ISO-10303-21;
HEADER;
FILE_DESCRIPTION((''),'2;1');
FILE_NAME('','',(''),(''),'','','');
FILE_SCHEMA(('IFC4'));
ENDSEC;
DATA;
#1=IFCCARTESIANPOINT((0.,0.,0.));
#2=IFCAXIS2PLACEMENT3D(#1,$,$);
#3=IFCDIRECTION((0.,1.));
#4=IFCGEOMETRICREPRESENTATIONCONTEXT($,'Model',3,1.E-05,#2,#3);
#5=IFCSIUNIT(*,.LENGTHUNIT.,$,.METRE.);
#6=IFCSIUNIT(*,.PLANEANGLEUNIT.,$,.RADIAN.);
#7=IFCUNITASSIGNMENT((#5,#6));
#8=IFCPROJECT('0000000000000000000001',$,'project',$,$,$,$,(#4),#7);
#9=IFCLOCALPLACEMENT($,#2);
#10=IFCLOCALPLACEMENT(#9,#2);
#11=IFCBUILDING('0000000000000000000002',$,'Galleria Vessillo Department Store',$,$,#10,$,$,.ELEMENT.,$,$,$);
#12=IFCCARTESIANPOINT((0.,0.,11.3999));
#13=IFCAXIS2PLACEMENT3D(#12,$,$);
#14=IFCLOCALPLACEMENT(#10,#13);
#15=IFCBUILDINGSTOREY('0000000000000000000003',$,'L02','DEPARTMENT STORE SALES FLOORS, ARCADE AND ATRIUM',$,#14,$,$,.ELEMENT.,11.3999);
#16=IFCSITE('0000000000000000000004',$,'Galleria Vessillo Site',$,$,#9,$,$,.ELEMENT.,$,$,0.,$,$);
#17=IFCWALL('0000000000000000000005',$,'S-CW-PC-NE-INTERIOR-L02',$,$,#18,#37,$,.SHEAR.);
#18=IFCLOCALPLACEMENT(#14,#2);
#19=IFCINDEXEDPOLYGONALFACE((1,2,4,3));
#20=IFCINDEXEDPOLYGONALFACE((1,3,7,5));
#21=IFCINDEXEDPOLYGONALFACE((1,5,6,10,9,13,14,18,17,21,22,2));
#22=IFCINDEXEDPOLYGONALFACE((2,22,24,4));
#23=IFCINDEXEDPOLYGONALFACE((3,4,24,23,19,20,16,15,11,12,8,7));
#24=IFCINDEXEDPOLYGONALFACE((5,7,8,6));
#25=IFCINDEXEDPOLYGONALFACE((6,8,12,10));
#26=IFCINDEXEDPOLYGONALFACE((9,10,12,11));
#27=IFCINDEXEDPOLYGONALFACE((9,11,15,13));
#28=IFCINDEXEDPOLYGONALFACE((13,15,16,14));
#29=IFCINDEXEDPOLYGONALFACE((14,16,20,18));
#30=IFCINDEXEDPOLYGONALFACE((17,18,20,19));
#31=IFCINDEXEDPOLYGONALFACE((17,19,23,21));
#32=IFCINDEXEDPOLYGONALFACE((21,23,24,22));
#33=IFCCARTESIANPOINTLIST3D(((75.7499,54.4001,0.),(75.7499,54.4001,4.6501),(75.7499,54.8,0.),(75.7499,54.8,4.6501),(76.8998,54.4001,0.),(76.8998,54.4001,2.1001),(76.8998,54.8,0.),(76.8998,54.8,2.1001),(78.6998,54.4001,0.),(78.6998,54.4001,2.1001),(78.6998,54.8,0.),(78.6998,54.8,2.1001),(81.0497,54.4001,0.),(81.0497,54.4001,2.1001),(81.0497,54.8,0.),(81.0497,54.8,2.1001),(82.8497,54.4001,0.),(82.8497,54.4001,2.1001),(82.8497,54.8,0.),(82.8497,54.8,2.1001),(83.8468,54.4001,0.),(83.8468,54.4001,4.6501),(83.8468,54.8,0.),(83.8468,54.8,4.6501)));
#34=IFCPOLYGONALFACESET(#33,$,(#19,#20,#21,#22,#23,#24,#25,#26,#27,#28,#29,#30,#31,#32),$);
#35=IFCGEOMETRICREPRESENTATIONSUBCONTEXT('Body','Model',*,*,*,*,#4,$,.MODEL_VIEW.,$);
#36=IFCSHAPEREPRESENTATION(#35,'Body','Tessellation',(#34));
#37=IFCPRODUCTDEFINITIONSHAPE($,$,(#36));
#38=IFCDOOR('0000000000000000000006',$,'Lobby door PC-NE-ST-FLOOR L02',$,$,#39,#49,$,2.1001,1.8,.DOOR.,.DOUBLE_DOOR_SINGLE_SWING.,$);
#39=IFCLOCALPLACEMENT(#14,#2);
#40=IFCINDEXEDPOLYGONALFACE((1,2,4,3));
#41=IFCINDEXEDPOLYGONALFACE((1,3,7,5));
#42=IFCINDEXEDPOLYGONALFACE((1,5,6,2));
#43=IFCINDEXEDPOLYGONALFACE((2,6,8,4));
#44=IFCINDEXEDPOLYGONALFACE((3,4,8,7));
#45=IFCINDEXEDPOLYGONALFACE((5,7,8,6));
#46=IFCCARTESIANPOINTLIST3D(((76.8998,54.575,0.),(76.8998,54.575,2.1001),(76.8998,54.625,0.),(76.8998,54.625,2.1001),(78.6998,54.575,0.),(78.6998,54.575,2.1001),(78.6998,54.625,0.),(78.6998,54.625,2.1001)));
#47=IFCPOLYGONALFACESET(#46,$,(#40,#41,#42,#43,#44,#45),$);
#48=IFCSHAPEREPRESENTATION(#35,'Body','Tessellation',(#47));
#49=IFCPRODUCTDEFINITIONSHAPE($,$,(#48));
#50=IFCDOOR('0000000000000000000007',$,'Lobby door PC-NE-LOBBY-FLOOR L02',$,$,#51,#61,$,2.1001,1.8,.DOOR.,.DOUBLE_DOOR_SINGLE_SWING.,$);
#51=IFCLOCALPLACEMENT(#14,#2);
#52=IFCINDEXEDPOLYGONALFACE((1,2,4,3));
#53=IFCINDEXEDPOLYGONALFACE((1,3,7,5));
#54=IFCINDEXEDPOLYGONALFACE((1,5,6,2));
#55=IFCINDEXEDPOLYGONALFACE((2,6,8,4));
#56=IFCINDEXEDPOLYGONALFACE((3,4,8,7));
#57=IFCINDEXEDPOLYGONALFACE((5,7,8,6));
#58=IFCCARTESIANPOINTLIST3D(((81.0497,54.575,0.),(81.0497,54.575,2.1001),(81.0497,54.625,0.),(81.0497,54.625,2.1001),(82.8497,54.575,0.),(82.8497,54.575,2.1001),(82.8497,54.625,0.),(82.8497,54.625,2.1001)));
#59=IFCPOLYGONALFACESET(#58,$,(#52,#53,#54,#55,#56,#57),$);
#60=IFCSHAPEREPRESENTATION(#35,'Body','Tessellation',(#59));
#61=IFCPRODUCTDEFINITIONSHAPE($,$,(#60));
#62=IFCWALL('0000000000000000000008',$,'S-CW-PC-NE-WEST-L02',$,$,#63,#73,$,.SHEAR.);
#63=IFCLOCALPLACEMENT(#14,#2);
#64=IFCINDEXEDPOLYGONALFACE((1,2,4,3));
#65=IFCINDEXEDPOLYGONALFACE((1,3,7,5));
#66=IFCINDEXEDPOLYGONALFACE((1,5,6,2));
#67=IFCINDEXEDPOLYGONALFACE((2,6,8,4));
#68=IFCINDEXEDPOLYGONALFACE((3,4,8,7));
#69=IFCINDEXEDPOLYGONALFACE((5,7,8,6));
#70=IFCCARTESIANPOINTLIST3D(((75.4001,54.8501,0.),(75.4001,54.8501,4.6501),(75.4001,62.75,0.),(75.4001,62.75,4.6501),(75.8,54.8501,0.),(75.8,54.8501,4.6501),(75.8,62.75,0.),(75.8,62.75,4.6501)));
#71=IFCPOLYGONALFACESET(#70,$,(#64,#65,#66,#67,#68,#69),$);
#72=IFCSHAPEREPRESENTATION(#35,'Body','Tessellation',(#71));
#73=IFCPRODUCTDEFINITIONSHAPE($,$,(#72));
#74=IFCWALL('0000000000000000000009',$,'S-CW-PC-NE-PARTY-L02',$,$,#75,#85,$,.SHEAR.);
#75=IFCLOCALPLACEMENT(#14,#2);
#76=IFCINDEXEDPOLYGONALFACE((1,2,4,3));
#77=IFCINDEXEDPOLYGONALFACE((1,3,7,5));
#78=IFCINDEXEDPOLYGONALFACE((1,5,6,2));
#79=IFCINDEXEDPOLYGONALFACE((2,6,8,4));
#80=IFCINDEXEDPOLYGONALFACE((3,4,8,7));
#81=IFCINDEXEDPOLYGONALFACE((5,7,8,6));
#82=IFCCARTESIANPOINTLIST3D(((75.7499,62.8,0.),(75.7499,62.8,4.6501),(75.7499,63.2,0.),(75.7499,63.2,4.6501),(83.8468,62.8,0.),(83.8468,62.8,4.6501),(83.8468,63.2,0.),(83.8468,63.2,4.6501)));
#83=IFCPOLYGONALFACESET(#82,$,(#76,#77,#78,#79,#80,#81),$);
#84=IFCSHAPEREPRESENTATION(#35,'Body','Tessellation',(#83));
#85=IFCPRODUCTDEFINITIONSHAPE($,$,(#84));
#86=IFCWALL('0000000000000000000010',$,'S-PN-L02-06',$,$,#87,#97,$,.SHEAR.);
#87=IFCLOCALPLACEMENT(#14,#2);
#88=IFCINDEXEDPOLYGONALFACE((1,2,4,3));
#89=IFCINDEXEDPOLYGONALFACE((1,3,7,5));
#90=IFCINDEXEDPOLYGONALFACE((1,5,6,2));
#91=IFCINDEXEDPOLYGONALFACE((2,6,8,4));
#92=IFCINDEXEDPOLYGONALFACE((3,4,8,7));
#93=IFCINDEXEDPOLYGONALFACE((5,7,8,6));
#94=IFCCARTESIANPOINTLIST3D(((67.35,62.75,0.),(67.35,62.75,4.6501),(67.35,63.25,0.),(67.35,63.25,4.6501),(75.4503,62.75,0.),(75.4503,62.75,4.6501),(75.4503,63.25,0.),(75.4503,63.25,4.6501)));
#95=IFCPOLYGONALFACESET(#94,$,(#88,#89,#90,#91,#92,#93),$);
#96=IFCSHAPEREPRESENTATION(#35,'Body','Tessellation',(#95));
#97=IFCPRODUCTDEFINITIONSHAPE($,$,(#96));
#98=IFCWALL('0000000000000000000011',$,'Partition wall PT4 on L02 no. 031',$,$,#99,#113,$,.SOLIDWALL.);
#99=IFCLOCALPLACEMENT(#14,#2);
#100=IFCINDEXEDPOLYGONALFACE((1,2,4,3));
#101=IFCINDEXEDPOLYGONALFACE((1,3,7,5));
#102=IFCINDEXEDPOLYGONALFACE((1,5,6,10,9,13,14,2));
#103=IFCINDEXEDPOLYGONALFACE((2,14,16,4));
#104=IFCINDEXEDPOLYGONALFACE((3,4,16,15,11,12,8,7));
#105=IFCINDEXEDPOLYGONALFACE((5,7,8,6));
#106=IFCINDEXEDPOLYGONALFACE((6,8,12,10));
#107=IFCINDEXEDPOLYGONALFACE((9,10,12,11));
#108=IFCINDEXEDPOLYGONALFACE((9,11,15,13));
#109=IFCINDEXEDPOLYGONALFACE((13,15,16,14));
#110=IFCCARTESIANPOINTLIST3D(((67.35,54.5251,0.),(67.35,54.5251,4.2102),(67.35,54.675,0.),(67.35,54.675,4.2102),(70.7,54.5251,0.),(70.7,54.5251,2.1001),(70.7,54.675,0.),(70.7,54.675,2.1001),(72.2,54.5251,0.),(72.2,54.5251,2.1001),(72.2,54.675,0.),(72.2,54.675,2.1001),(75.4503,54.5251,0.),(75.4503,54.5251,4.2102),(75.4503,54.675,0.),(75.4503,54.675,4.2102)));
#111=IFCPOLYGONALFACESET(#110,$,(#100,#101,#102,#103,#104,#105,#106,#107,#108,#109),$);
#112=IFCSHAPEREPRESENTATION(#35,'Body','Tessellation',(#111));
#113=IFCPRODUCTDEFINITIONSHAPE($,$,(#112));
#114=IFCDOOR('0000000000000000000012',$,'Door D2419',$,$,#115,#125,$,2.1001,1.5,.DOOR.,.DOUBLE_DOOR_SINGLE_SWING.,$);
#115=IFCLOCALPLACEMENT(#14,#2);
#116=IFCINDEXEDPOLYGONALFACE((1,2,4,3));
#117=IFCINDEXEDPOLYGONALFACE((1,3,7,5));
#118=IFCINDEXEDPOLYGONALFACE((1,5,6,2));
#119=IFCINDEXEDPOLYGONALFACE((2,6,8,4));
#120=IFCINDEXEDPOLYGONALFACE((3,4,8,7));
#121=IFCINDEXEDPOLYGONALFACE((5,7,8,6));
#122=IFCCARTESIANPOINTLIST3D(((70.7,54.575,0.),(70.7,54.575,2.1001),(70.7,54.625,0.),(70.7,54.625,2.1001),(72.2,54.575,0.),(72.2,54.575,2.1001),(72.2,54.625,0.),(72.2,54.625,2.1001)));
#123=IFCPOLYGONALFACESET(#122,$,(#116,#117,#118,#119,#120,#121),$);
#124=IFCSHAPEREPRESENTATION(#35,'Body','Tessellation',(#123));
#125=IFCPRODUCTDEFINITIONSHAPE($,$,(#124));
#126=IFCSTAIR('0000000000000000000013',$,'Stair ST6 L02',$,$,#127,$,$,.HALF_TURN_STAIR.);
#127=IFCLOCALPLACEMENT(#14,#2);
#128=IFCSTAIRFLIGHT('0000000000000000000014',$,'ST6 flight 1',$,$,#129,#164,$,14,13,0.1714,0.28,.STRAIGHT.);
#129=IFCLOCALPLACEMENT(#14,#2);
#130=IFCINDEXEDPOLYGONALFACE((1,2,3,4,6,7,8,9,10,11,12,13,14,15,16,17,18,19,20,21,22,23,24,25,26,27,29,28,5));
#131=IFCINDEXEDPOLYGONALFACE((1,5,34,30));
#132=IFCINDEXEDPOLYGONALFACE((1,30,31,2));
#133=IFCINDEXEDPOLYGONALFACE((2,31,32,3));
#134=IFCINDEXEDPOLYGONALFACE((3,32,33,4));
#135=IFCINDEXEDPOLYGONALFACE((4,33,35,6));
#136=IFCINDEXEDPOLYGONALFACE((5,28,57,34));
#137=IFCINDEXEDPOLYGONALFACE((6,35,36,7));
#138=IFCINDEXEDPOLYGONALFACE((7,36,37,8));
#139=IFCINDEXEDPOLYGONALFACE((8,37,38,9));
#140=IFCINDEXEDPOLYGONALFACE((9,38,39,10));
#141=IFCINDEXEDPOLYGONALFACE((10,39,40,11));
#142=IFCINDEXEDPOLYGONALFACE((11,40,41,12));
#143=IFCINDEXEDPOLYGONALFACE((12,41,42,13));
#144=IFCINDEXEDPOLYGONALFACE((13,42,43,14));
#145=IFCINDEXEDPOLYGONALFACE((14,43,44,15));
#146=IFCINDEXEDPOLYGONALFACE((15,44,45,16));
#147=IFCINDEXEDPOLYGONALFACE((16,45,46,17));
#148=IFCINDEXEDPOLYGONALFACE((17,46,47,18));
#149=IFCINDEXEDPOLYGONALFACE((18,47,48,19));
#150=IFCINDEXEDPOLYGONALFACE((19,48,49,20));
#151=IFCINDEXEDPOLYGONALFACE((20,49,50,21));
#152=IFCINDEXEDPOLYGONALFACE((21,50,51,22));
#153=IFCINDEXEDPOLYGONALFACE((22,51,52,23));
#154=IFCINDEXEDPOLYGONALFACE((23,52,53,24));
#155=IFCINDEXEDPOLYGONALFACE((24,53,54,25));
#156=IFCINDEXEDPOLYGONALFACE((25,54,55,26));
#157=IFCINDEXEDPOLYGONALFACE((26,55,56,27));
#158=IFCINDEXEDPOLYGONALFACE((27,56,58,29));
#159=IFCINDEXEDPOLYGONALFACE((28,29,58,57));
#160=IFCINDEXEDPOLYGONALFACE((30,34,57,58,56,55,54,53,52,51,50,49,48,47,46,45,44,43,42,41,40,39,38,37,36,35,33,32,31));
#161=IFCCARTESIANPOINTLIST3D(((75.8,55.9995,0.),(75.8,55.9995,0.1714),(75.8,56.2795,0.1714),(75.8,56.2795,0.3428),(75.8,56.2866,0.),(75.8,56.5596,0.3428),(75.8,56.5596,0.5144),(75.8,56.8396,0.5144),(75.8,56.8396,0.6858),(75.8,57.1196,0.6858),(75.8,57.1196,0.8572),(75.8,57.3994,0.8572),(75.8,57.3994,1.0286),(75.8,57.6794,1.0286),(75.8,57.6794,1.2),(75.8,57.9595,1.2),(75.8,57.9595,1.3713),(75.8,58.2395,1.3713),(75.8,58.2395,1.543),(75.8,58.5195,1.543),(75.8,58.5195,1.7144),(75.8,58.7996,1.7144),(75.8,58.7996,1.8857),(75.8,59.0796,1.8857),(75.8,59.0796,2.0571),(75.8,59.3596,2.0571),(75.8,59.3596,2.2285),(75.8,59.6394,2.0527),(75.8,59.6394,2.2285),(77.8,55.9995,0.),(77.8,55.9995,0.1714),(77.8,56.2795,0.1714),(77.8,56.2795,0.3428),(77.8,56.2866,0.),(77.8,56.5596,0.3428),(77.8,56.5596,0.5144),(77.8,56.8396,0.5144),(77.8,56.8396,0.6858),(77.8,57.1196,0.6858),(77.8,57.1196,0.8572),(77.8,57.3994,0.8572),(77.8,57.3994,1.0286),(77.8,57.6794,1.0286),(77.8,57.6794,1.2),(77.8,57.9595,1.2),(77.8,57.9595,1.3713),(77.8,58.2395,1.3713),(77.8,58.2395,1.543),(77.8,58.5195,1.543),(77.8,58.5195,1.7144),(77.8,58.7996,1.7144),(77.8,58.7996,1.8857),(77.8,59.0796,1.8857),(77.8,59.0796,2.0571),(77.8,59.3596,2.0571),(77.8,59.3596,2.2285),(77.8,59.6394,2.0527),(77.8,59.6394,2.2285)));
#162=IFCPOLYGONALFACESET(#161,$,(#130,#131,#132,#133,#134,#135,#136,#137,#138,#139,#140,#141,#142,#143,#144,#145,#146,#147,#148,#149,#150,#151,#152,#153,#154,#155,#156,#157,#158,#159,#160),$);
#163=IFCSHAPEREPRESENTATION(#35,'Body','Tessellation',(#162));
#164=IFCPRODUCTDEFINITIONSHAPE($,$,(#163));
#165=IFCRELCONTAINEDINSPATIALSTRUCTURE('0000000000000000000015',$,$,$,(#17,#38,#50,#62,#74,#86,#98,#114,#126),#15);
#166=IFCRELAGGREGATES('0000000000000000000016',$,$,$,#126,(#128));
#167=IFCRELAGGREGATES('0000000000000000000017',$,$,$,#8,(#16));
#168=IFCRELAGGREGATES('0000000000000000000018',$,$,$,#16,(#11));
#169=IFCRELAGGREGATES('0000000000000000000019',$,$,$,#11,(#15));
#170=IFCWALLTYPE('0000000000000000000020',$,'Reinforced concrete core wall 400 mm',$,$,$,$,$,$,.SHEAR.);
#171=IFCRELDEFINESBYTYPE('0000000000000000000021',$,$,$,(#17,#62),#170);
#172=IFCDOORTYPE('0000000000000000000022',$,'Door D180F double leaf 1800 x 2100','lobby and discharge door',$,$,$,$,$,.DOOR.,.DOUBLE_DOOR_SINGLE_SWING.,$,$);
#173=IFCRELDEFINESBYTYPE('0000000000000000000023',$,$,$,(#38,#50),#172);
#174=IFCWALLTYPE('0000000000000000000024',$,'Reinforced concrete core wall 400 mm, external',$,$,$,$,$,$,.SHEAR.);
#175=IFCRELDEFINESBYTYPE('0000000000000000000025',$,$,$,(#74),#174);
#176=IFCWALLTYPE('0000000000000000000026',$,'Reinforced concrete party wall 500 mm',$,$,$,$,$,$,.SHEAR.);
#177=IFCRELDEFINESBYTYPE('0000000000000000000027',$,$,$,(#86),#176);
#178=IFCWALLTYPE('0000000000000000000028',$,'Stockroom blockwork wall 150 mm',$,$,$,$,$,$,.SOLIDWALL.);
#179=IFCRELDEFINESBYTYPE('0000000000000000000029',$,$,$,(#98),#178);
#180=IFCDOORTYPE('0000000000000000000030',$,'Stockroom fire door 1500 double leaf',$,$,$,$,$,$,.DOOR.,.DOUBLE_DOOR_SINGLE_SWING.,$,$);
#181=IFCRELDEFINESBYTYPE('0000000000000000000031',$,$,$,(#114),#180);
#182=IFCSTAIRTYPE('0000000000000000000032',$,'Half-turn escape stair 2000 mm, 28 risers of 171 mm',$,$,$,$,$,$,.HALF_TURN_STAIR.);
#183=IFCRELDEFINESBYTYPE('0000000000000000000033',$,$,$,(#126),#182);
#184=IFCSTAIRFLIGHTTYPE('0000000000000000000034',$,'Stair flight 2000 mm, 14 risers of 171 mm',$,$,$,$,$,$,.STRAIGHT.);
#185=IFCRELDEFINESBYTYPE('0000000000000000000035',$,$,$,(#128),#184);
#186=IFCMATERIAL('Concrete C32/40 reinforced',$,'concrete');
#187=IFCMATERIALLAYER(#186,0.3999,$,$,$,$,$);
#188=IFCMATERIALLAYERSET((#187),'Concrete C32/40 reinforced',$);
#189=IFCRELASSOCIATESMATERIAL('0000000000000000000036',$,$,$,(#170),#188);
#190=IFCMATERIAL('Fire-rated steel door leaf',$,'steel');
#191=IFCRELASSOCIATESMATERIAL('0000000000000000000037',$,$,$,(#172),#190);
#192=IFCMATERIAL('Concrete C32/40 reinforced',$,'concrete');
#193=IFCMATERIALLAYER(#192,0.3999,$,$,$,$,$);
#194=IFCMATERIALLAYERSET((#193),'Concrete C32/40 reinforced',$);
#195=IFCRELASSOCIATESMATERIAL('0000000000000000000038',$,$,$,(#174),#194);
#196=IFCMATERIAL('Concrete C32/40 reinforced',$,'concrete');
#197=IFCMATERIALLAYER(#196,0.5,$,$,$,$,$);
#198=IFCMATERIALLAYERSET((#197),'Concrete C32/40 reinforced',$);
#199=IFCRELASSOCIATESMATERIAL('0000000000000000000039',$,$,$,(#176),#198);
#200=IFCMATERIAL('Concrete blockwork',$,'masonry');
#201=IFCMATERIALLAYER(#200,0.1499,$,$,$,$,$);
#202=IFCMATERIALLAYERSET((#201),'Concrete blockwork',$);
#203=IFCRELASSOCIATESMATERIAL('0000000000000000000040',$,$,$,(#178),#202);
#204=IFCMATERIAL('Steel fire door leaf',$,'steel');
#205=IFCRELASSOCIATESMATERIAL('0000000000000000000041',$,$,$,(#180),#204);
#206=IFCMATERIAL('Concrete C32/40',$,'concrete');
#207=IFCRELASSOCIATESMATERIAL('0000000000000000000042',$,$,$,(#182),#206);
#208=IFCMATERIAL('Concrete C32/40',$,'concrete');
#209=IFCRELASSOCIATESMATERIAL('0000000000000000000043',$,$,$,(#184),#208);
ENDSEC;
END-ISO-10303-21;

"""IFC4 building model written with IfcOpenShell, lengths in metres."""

from ifc_helpers import new_model, si_unit, direction, frame, frame_2d, origin, place, context, subcontext, project, spatial, polyline, rectangle, outline, extrude, material, layer, layer_set, type_object, element, fill, aggregate, save


model = new_model("IFC4")

# Units and contexts
model_context = context("Model", 3, precision=1e-05, world=origin(), true_north=direction((0.0, 1.0)))
body_context = subcontext(model_context, "Body", "Model", "MODEL_VIEW")
ifc_project = project(units=[si_unit("LENGTHUNIT", "METRE"), si_unit("PLANEANGLEUNIT", "RADIAN")], contexts=[model_context])

# Site, building, storey
site_placement = place(None, origin())
site = spatial("IfcSite", under=ifc_project, at=site_placement, Name="Galleria Vessillo Site", CompositionType="ELEMENT", RefElevation=0.0)
building_placement = place(site_placement, origin())
building = spatial("IfcBuilding", under=site, at=building_placement, Name="Galleria Vessillo Department Store", CompositionType="ELEMENT")
storey_placement = place(building_placement, frame((0.0, 0.0, 11.3999)))
storey = spatial("IfcBuildingStorey", under=building, at=storey_placement, Name="L02", Description="DEPARTMENT STORE SALES FLOORS, ARCADE AND ATRIUM", CompositionType="ELEMENT", Elevation=11.3999)

# Wall, openings, doors
ifc_material_1 = material(Name="Concrete C32/40 reinforced", Category="concrete")
ifc_layer_1 = layer(ifc_material_1, 0.3999)
ifc_layer_set_1 = layer_set([ifc_layer_1], Name="Concrete C32/40 reinforced")
wall_type_1 = type_object("IfcWallType", Name="Reinforced concrete core wall 400 mm", PredefinedType="SHEAR", material=ifc_layer_set_1)
wall_1_placement = place(storey_placement, frame((75.75, 54.6001, 0.0), z_axis=(0.0, 0.0, 1.0), x_axis=(1.0, 0.0, 0.0)))
wall_1 = element("IfcWall", 1, at=wall_1_placement, inside=storey, type_object=wall_type_1, Name="S-CW-PC-NE-INTERIOR-L02", PredefinedType="SHEAR", context=body_context, shape_type="SweptSolid", body=[
    extrude(rectangle(XDim=8.0969, YDim=0.3999, at=frame_2d((4.0483, 0.0))), origin(), (0.0, 0.0, 1.0), 4.6501),
])
opening_1_placement = place(wall_1_placement, frame((1.1499, 0.0, 0.0)))
opening_1 = element("IfcOpeningElement", 2, at=opening_1_placement, cuts=wall_1, PredefinedType="OPENING", context=body_context, shape_type="SweptSolid", body=[
    extrude(rectangle(XDim=1.8, YDim=2.1001, at=frame_2d((0.8999, 1.05))), frame((0.0, 0.21, 0.0), z_axis=(0.0, -1.0, 0.0), x_axis=(1.0, 0.0, 0.0)), (0.0, 0.0, 1.0), 0.4199),
])
opening_2_placement = place(wall_1_placement, frame((5.2998, 0.0, 0.0)))
opening_2 = element("IfcOpeningElement", 3, at=opening_2_placement, cuts=wall_1, PredefinedType="OPENING", context=body_context, shape_type="SweptSolid", body=[
    extrude(rectangle(XDim=1.8, YDim=2.1001, at=frame_2d((0.8999, 1.05))), frame((0.0, 0.21, 0.0), z_axis=(0.0, -1.0, 0.0), x_axis=(1.0, 0.0, 0.0)), (0.0, 0.0, 1.0), 0.4199),
])
ifc_material_2 = material(Name="Fire-rated steel door leaf", Category="steel")
door_type_1 = type_object("IfcDoorType", Name="Door D180F double leaf 1800 x 2100", Description="lobby and discharge door", OperationType="DOUBLE_DOOR_SINGLE_SWING", PredefinedType="DOOR", material=ifc_material_2)
door_1_placement = place(opening_1_placement, origin())
door_1 = element("IfcDoor", 4, at=door_1_placement, inside=storey, type_object=door_type_1, Name="Lobby door PC-NE-ST-FLOOR L02", OperationType="DOUBLE_DOOR_SINGLE_SWING", OverallHeight=2.1001, OverallWidth=1.8, PredefinedType="DOOR", context=body_context, shape_type="SweptSolid", body=[
    extrude(rectangle(XDim=1.8, YDim=2.1001, at=frame_2d((0.8999, 1.05))), frame((0.0, 0.0249, 0.0), z_axis=(0.0, -1.0, 0.0), x_axis=(1.0, 0.0, 0.0)), (0.0, 0.0, 1.0), 0.05),
])
fill(opening_1, door_1)
door_2_placement = place(opening_2_placement, origin())
door_2 = element("IfcDoor", 5, at=door_2_placement, inside=storey, type_object=door_type_1, Name="Lobby door PC-NE-LOBBY-FLOOR L02", OperationType="DOUBLE_DOOR_SINGLE_SWING", OverallHeight=2.1001, OverallWidth=1.8, PredefinedType="DOOR", context=body_context, shape_type="SweptSolid", body=[
    extrude(rectangle(XDim=1.8, YDim=2.1001, at=frame_2d((0.8999, 1.05))), frame((0.0, 0.0249, 0.0), z_axis=(0.0, -1.0, 0.0), x_axis=(1.0, 0.0, 0.0)), (0.0, 0.0, 1.0), 0.05),
])
fill(opening_2, door_2)

# Walls
wall_2_placement = place(storey_placement, frame((75.6001, 54.8501, 0.0), z_axis=(0.0, 0.0, 1.0), x_axis=(0.0, 1.0, 0.0)))
element("IfcWall", 6, at=wall_2_placement, inside=storey, type_object=wall_type_1, Name="S-CW-PC-NE-WEST-L02", PredefinedType="SHEAR", context=body_context, shape_type="SweptSolid", body=[
    extrude(rectangle(XDim=7.8999, YDim=0.3999, at=frame_2d((3.95, 0.0))), origin(), (0.0, 0.0, 1.0), 4.6501),
])
ifc_material_3 = material(Name="Concrete C32/40 reinforced", Category="concrete")
ifc_layer_2 = layer(ifc_material_3, 0.3999)
ifc_layer_set_2 = layer_set([ifc_layer_2], Name="Concrete C32/40 reinforced")
wall_type_2 = type_object("IfcWallType", Name="Reinforced concrete core wall 400 mm, external", PredefinedType="SHEAR", material=ifc_layer_set_2)
wall_3_placement = place(storey_placement, frame((75.75, 63.0, 0.0), z_axis=(0.0, 0.0, 1.0), x_axis=(1.0, 0.0, 0.0)))
element("IfcWall", 7, at=wall_3_placement, inside=storey, type_object=wall_type_2, Name="S-CW-PC-NE-PARTY-L02", PredefinedType="SHEAR", context=body_context, shape_type="SweptSolid", body=[
    extrude(rectangle(XDim=8.0969, YDim=0.3999, at=frame_2d((4.0483, 0.0))), origin(), (0.0, 0.0, 1.0), 4.6501),
])
ifc_material_4 = material(Name="Concrete C32/40 reinforced", Category="concrete")
ifc_layer_3 = layer(ifc_material_4, 0.5)
ifc_layer_set_3 = layer_set([ifc_layer_3], Name="Concrete C32/40 reinforced")
wall_type_3 = type_object("IfcWallType", Name="Reinforced concrete party wall 500 mm", PredefinedType="SHEAR", material=ifc_layer_set_3)
wall_4_placement = place(storey_placement, frame((67.3499, 63.0, 0.0), z_axis=(0.0, 0.0, 1.0), x_axis=(1.0, 0.0, 0.0)))
element("IfcWall", 8, at=wall_4_placement, inside=storey, type_object=wall_type_3, Name="S-PN-L02-06", PredefinedType="SHEAR", context=body_context, shape_type="SweptSolid", body=[
    extrude(rectangle(XDim=8.1003, YDim=0.5, at=frame_2d((4.0503, 0.0))), origin(), (0.0, 0.0, 1.0), 4.6501),
])

# Wall, opening, door
ifc_material_5 = material(Name="Concrete blockwork", Category="masonry")
ifc_layer_4 = layer(ifc_material_5, 0.1499)
ifc_layer_set_4 = layer_set([ifc_layer_4], Name="Concrete blockwork")
wall_type_4 = type_object("IfcWallType", Name="Stockroom blockwork wall 150 mm", PredefinedType="SOLIDWALL", material=ifc_layer_set_4)
wall_5_placement = place(storey_placement, frame((67.3499, 54.6001, 0.0), z_axis=(0.0, 0.0, 1.0), x_axis=(1.0, 0.0, 0.0)))
wall_5 = element("IfcWall", 9, at=wall_5_placement, inside=storey, type_object=wall_type_4, Name="Partition wall PT4 on L02 no. 031", PredefinedType="SOLIDWALL", context=body_context, shape_type="SweptSolid", body=[
    extrude(rectangle(XDim=8.1003, YDim=0.1499, at=frame_2d((4.0503, 0.0))), origin(), (0.0, 0.0, 1.0), 4.2102),
])
opening_3_placement = place(wall_5_placement, frame((3.3501, 0.0, 0.0)))
opening_3 = element("IfcOpeningElement", 10, at=opening_3_placement, cuts=wall_5, PredefinedType="OPENING", context=body_context, shape_type="SweptSolid", body=[
    extrude(rectangle(XDim=1.5, YDim=2.1001, at=frame_2d((0.75, 1.05))), frame((0.0, 0.085, 0.0), z_axis=(0.0, -1.0, 0.0), x_axis=(1.0, 0.0, 0.0)), (0.0, 0.0, 1.0), 0.1699),
])
ifc_material_6 = material(Name="Steel fire door leaf", Category="steel")
door_type_2 = type_object("IfcDoorType", Name="Stockroom fire door 1500 double leaf", OperationType="DOUBLE_DOOR_SINGLE_SWING", PredefinedType="DOOR", material=ifc_material_6)
door_3_placement = place(opening_3_placement, origin())
door_3 = element("IfcDoor", 11, at=door_3_placement, inside=storey, type_object=door_type_2, Name="Door D2419", OperationType="DOUBLE_DOOR_SINGLE_SWING", OverallHeight=2.1001, OverallWidth=1.5, PredefinedType="DOOR", context=body_context, shape_type="SweptSolid", body=[
    extrude(rectangle(XDim=1.5, YDim=2.1001, at=frame_2d((0.75, 1.05))), frame((0.0, 0.0249, 0.0), z_axis=(0.0, -1.0, 0.0), x_axis=(1.0, 0.0, 0.0)), (0.0, 0.0, 1.0), 0.05),
])
fill(opening_3, door_3)

# Stair, stair flight
ifc_material_7 = material(Name="Concrete C32/40", Category="concrete")
stair_type = type_object("IfcStairType", Name="Half-turn escape stair 2000 mm, 28 risers of 171 mm", PredefinedType="HALF_TURN_STAIR", material=ifc_material_7)
stair_placement = place(storey_placement, origin())
stair = element("IfcStair", 12, at=stair_placement, inside=storey, type_object=stair_type, Name="Stair ST6 L02", PredefinedType="HALF_TURN_STAIR")
ifc_material_8 = material(Name="Concrete C32/40", Category="concrete")
stair_flight_type = type_object("IfcStairFlightType", Name="Stair flight 2000 mm, 14 risers of 171 mm", PredefinedType="STRAIGHT", material=ifc_material_8)
stair_flight_placement = place(storey_placement, frame((76.8, 55.9995, 0.0), z_axis=(0.0, 0.0, 1.0), x_axis=(0.0, 1.0, 0.0)))
stair_flight = element("IfcStairFlight", 13, at=stair_flight_placement, type_object=stair_flight_type, Name="ST6 flight 1", NumberOfRisers=14, NumberOfTreads=13, PredefinedType="STRAIGHT", RiserHeight=0.1714, TreadLength=0.28, context=body_context, shape_type="SweptSolid", body=[
    extrude(outline(polyline([(0.0, 0.0), (0.0, 0.1714), (0.28, 0.1714), (0.28, 0.3428), (0.5601, 0.3428), (0.5601, 0.5144), (0.8401, 0.5144), (0.8401, 0.6858), (1.1201, 0.6858), (1.1201, 0.8572), (1.3999, 0.8572), (1.3999, 1.0286), (1.6799, 1.0286), (1.6799, 1.2), (1.96, 1.2), (1.96, 1.3713), (2.24, 1.3713), (2.24, 1.543), (2.52, 1.543), (2.52, 1.7144), (2.8, 1.7144), (2.8, 1.8857), (3.0801, 1.8857), (3.0801, 2.0571), (3.3601, 2.0571), (3.3601, 2.2285), (3.6399, 2.2285), (3.6399, 2.3999), (3.6399, 2.0527), (0.2871, 0.0), (0.0, 0.0)])), frame((0.0, 1.0, 0.0), z_axis=(0.0, -1.0, 0.0), x_axis=(1.0, 0.0, 0.0)), (0.0, 0.0, 1.0), 2.0),
])
aggregate(stair, [stair_flight])

save(model, "model.ifc")
